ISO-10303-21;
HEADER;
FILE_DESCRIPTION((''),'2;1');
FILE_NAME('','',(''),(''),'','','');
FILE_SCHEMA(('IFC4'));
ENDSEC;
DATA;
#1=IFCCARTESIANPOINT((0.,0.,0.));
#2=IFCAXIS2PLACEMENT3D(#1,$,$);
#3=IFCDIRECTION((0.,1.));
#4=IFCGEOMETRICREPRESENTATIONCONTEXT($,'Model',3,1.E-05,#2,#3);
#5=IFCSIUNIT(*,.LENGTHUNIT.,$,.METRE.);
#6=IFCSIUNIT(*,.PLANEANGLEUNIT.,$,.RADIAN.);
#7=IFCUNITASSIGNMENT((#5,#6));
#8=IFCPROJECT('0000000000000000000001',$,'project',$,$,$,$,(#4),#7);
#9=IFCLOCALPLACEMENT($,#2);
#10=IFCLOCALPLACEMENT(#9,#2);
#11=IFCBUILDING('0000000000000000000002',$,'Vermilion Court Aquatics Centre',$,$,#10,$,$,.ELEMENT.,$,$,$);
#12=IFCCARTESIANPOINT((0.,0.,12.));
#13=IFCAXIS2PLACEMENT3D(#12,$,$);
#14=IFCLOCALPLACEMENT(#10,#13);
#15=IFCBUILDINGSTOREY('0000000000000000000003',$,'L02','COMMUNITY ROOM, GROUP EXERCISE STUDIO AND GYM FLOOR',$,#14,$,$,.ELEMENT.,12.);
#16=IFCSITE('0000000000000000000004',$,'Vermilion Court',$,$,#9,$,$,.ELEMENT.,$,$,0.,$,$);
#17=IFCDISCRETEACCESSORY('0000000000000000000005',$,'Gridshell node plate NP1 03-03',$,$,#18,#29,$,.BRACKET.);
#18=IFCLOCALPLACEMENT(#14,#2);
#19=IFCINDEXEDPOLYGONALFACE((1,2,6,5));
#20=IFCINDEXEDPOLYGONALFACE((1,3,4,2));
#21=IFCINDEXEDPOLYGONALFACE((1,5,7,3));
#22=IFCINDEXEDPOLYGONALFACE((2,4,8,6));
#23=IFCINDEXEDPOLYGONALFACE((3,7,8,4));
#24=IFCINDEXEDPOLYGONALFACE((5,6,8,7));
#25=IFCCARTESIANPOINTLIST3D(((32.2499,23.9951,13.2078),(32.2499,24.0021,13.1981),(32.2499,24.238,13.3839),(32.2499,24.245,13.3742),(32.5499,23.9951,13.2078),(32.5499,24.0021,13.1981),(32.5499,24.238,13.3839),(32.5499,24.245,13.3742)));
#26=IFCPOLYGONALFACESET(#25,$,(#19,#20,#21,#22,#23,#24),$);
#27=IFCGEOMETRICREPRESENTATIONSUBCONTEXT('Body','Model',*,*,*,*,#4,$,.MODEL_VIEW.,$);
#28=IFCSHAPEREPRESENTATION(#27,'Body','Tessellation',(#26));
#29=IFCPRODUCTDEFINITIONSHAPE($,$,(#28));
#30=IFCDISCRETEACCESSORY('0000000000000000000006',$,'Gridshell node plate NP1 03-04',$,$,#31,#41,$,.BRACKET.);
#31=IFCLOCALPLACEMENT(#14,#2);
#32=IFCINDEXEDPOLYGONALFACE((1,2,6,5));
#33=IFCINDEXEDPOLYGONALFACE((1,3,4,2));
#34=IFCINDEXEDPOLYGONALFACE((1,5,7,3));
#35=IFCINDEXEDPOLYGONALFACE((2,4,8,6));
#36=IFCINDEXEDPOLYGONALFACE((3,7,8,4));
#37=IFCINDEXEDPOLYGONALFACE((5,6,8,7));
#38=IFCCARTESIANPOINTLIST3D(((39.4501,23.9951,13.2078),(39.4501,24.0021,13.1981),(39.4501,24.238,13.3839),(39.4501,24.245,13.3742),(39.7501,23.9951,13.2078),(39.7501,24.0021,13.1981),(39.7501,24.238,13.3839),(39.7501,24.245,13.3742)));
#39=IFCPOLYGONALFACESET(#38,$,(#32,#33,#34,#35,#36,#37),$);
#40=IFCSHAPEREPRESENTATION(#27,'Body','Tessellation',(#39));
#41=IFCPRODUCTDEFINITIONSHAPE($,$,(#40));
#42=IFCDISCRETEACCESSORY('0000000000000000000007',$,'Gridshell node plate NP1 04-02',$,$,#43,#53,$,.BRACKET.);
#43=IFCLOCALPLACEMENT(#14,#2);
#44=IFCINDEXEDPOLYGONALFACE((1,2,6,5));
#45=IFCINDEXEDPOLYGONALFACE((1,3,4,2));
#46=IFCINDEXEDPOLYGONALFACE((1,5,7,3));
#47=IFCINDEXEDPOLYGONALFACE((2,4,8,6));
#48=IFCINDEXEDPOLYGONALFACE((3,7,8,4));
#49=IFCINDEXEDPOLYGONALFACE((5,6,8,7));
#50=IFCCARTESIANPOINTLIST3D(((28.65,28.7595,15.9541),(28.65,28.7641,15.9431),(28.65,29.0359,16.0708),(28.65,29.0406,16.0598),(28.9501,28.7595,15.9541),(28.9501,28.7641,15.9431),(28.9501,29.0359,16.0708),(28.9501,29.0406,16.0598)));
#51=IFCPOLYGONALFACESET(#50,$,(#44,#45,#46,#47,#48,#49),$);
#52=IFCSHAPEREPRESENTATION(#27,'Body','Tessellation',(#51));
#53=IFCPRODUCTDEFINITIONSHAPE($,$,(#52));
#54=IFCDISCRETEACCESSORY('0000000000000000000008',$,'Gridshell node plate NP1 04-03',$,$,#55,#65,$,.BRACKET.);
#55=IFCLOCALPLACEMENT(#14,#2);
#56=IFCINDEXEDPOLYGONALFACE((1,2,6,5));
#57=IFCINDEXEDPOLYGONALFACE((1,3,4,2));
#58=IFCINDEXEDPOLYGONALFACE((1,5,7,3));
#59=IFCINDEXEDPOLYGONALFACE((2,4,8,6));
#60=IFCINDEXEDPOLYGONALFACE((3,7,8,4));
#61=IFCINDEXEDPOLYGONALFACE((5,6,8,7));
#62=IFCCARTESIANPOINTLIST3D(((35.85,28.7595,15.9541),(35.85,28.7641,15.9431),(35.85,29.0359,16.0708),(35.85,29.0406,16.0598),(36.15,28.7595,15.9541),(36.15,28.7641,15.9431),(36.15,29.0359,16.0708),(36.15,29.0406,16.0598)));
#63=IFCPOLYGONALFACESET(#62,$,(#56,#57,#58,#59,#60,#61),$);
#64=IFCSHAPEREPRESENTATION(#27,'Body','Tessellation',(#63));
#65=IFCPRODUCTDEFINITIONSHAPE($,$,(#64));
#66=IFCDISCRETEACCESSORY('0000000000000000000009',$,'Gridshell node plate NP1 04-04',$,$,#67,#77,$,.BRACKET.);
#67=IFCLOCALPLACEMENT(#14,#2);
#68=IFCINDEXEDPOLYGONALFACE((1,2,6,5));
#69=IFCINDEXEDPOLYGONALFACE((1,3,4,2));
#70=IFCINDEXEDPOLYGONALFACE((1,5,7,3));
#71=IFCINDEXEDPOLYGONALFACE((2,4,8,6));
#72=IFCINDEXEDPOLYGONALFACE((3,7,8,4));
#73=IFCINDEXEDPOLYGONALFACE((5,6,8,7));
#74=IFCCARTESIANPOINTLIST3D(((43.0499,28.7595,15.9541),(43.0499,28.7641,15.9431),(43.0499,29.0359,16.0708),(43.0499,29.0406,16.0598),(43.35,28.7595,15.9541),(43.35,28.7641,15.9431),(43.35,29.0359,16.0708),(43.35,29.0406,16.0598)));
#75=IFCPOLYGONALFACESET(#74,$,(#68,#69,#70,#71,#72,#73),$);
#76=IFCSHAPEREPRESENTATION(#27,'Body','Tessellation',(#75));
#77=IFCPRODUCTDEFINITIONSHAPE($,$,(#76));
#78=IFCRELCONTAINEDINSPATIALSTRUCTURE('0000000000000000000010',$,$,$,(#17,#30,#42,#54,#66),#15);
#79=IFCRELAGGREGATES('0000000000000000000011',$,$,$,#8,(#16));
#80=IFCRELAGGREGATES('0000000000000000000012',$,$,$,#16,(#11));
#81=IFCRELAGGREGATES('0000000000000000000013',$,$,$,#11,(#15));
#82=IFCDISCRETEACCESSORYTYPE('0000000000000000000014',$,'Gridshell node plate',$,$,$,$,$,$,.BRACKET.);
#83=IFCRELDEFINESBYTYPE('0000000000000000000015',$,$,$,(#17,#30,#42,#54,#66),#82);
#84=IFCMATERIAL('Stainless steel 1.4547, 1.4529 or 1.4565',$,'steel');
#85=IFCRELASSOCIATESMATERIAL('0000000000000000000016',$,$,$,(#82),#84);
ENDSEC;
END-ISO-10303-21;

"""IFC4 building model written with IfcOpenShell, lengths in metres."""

from ifc_helpers import new_model, si_unit, direction, frame, origin, origin_2d, place, context, subcontext, project, spatial, rectangle, extrude, material, material_profile, profile_set, type_object, element, save


model = new_model("IFC4")

# Units and contexts
model_context = context("Model", 3, precision=1e-05, world=origin(), true_north=direction((0.0, 1.0)))
body_context = subcontext(model_context, "Body", "Model", "MODEL_VIEW")
ifc_project = project(units=[si_unit("LENGTHUNIT", "METRE"), si_unit("PLANEANGLEUNIT", "RADIAN")], contexts=[model_context])

# Site, building, storey
site_placement = place(None, origin())
site = spatial("IfcSite", under=ifc_project, at=site_placement, Name="Vermilion Court", CompositionType="ELEMENT", RefElevation=0.0)
building_placement = place(site_placement, origin())
building = spatial("IfcBuilding", under=site, at=building_placement, Name="Vermilion Court Aquatics Centre", CompositionType="ELEMENT")
storey_placement = place(building_placement, frame((0.0, 0.0, 12.0)))
storey = spatial("IfcBuildingStorey", under=building, at=storey_placement, Name="L02", Description="COMMUNITY ROOM, GROUP EXERCISE STUDIO AND GYM FLOOR", CompositionType="ELEMENT", Elevation=12.0)

# Discrete accessories
ifc_material_1 = material(Name="Stainless steel 1.4547, 1.4529 or 1.4565", Category="steel")
ifc_material_profile_1 = material_profile(ifc_material_1, rectangle(XDim=0.3, YDim=0.3, at=origin_2d()), Name="PL 12 x 300 x 300")
ifc_profile_set_1 = profile_set([ifc_material_profile_1], Name="Stainless steel 1.4547, 1.4529 or 1.4565")
discrete_accessory_type = type_object("IfcDiscreteAccessoryType", Name="Gridshell node plate", PredefinedType="BRACKET", material=ifc_profile_set_1)
for number, where, z_axis, x_axis, name in (
    (1, (32.3999, 24.1235, 13.2861), (0.0, -0.586968, 0.80961), (1.0, 0.0, 0.0), "Gridshell node plate NP1 03-03"),
    (2, (39.6001, 24.1235, 13.2861), (0.0, -0.586968, 0.80961), (1.0, 0.0, 0.0), "Gridshell node plate NP1 03-04"),
    (3, (28.8, 28.9023, 16.0015), (0.0, -0.388972, 0.92125), (1.0, 0.0, 0.0), "Gridshell node plate NP1 04-02"),
    (4, (36.0, 28.9023, 16.0015), (0.0, -0.388972, 0.92125), (1.0, 0.0, 0.0), "Gridshell node plate NP1 04-03"),
    (5, (43.2, 28.9023, 16.0015), (0.0, -0.388972, 0.92125), (1.0, 0.0, 0.0), "Gridshell node plate NP1 04-04"),
):
    element("IfcDiscreteAccessory", number, at=place(storey_placement, frame(where, z_axis=z_axis, x_axis=x_axis)), inside=storey, type_object=discrete_accessory_type, Name=name, PredefinedType="BRACKET", context=body_context, shape_type="SweptSolid", body=[
        extrude(rectangle(XDim=0.3, YDim=0.3, at=origin_2d()), origin(), (0.0, 0.0, 1.0), 0.012),
    ])

save(model, "model.ifc")
